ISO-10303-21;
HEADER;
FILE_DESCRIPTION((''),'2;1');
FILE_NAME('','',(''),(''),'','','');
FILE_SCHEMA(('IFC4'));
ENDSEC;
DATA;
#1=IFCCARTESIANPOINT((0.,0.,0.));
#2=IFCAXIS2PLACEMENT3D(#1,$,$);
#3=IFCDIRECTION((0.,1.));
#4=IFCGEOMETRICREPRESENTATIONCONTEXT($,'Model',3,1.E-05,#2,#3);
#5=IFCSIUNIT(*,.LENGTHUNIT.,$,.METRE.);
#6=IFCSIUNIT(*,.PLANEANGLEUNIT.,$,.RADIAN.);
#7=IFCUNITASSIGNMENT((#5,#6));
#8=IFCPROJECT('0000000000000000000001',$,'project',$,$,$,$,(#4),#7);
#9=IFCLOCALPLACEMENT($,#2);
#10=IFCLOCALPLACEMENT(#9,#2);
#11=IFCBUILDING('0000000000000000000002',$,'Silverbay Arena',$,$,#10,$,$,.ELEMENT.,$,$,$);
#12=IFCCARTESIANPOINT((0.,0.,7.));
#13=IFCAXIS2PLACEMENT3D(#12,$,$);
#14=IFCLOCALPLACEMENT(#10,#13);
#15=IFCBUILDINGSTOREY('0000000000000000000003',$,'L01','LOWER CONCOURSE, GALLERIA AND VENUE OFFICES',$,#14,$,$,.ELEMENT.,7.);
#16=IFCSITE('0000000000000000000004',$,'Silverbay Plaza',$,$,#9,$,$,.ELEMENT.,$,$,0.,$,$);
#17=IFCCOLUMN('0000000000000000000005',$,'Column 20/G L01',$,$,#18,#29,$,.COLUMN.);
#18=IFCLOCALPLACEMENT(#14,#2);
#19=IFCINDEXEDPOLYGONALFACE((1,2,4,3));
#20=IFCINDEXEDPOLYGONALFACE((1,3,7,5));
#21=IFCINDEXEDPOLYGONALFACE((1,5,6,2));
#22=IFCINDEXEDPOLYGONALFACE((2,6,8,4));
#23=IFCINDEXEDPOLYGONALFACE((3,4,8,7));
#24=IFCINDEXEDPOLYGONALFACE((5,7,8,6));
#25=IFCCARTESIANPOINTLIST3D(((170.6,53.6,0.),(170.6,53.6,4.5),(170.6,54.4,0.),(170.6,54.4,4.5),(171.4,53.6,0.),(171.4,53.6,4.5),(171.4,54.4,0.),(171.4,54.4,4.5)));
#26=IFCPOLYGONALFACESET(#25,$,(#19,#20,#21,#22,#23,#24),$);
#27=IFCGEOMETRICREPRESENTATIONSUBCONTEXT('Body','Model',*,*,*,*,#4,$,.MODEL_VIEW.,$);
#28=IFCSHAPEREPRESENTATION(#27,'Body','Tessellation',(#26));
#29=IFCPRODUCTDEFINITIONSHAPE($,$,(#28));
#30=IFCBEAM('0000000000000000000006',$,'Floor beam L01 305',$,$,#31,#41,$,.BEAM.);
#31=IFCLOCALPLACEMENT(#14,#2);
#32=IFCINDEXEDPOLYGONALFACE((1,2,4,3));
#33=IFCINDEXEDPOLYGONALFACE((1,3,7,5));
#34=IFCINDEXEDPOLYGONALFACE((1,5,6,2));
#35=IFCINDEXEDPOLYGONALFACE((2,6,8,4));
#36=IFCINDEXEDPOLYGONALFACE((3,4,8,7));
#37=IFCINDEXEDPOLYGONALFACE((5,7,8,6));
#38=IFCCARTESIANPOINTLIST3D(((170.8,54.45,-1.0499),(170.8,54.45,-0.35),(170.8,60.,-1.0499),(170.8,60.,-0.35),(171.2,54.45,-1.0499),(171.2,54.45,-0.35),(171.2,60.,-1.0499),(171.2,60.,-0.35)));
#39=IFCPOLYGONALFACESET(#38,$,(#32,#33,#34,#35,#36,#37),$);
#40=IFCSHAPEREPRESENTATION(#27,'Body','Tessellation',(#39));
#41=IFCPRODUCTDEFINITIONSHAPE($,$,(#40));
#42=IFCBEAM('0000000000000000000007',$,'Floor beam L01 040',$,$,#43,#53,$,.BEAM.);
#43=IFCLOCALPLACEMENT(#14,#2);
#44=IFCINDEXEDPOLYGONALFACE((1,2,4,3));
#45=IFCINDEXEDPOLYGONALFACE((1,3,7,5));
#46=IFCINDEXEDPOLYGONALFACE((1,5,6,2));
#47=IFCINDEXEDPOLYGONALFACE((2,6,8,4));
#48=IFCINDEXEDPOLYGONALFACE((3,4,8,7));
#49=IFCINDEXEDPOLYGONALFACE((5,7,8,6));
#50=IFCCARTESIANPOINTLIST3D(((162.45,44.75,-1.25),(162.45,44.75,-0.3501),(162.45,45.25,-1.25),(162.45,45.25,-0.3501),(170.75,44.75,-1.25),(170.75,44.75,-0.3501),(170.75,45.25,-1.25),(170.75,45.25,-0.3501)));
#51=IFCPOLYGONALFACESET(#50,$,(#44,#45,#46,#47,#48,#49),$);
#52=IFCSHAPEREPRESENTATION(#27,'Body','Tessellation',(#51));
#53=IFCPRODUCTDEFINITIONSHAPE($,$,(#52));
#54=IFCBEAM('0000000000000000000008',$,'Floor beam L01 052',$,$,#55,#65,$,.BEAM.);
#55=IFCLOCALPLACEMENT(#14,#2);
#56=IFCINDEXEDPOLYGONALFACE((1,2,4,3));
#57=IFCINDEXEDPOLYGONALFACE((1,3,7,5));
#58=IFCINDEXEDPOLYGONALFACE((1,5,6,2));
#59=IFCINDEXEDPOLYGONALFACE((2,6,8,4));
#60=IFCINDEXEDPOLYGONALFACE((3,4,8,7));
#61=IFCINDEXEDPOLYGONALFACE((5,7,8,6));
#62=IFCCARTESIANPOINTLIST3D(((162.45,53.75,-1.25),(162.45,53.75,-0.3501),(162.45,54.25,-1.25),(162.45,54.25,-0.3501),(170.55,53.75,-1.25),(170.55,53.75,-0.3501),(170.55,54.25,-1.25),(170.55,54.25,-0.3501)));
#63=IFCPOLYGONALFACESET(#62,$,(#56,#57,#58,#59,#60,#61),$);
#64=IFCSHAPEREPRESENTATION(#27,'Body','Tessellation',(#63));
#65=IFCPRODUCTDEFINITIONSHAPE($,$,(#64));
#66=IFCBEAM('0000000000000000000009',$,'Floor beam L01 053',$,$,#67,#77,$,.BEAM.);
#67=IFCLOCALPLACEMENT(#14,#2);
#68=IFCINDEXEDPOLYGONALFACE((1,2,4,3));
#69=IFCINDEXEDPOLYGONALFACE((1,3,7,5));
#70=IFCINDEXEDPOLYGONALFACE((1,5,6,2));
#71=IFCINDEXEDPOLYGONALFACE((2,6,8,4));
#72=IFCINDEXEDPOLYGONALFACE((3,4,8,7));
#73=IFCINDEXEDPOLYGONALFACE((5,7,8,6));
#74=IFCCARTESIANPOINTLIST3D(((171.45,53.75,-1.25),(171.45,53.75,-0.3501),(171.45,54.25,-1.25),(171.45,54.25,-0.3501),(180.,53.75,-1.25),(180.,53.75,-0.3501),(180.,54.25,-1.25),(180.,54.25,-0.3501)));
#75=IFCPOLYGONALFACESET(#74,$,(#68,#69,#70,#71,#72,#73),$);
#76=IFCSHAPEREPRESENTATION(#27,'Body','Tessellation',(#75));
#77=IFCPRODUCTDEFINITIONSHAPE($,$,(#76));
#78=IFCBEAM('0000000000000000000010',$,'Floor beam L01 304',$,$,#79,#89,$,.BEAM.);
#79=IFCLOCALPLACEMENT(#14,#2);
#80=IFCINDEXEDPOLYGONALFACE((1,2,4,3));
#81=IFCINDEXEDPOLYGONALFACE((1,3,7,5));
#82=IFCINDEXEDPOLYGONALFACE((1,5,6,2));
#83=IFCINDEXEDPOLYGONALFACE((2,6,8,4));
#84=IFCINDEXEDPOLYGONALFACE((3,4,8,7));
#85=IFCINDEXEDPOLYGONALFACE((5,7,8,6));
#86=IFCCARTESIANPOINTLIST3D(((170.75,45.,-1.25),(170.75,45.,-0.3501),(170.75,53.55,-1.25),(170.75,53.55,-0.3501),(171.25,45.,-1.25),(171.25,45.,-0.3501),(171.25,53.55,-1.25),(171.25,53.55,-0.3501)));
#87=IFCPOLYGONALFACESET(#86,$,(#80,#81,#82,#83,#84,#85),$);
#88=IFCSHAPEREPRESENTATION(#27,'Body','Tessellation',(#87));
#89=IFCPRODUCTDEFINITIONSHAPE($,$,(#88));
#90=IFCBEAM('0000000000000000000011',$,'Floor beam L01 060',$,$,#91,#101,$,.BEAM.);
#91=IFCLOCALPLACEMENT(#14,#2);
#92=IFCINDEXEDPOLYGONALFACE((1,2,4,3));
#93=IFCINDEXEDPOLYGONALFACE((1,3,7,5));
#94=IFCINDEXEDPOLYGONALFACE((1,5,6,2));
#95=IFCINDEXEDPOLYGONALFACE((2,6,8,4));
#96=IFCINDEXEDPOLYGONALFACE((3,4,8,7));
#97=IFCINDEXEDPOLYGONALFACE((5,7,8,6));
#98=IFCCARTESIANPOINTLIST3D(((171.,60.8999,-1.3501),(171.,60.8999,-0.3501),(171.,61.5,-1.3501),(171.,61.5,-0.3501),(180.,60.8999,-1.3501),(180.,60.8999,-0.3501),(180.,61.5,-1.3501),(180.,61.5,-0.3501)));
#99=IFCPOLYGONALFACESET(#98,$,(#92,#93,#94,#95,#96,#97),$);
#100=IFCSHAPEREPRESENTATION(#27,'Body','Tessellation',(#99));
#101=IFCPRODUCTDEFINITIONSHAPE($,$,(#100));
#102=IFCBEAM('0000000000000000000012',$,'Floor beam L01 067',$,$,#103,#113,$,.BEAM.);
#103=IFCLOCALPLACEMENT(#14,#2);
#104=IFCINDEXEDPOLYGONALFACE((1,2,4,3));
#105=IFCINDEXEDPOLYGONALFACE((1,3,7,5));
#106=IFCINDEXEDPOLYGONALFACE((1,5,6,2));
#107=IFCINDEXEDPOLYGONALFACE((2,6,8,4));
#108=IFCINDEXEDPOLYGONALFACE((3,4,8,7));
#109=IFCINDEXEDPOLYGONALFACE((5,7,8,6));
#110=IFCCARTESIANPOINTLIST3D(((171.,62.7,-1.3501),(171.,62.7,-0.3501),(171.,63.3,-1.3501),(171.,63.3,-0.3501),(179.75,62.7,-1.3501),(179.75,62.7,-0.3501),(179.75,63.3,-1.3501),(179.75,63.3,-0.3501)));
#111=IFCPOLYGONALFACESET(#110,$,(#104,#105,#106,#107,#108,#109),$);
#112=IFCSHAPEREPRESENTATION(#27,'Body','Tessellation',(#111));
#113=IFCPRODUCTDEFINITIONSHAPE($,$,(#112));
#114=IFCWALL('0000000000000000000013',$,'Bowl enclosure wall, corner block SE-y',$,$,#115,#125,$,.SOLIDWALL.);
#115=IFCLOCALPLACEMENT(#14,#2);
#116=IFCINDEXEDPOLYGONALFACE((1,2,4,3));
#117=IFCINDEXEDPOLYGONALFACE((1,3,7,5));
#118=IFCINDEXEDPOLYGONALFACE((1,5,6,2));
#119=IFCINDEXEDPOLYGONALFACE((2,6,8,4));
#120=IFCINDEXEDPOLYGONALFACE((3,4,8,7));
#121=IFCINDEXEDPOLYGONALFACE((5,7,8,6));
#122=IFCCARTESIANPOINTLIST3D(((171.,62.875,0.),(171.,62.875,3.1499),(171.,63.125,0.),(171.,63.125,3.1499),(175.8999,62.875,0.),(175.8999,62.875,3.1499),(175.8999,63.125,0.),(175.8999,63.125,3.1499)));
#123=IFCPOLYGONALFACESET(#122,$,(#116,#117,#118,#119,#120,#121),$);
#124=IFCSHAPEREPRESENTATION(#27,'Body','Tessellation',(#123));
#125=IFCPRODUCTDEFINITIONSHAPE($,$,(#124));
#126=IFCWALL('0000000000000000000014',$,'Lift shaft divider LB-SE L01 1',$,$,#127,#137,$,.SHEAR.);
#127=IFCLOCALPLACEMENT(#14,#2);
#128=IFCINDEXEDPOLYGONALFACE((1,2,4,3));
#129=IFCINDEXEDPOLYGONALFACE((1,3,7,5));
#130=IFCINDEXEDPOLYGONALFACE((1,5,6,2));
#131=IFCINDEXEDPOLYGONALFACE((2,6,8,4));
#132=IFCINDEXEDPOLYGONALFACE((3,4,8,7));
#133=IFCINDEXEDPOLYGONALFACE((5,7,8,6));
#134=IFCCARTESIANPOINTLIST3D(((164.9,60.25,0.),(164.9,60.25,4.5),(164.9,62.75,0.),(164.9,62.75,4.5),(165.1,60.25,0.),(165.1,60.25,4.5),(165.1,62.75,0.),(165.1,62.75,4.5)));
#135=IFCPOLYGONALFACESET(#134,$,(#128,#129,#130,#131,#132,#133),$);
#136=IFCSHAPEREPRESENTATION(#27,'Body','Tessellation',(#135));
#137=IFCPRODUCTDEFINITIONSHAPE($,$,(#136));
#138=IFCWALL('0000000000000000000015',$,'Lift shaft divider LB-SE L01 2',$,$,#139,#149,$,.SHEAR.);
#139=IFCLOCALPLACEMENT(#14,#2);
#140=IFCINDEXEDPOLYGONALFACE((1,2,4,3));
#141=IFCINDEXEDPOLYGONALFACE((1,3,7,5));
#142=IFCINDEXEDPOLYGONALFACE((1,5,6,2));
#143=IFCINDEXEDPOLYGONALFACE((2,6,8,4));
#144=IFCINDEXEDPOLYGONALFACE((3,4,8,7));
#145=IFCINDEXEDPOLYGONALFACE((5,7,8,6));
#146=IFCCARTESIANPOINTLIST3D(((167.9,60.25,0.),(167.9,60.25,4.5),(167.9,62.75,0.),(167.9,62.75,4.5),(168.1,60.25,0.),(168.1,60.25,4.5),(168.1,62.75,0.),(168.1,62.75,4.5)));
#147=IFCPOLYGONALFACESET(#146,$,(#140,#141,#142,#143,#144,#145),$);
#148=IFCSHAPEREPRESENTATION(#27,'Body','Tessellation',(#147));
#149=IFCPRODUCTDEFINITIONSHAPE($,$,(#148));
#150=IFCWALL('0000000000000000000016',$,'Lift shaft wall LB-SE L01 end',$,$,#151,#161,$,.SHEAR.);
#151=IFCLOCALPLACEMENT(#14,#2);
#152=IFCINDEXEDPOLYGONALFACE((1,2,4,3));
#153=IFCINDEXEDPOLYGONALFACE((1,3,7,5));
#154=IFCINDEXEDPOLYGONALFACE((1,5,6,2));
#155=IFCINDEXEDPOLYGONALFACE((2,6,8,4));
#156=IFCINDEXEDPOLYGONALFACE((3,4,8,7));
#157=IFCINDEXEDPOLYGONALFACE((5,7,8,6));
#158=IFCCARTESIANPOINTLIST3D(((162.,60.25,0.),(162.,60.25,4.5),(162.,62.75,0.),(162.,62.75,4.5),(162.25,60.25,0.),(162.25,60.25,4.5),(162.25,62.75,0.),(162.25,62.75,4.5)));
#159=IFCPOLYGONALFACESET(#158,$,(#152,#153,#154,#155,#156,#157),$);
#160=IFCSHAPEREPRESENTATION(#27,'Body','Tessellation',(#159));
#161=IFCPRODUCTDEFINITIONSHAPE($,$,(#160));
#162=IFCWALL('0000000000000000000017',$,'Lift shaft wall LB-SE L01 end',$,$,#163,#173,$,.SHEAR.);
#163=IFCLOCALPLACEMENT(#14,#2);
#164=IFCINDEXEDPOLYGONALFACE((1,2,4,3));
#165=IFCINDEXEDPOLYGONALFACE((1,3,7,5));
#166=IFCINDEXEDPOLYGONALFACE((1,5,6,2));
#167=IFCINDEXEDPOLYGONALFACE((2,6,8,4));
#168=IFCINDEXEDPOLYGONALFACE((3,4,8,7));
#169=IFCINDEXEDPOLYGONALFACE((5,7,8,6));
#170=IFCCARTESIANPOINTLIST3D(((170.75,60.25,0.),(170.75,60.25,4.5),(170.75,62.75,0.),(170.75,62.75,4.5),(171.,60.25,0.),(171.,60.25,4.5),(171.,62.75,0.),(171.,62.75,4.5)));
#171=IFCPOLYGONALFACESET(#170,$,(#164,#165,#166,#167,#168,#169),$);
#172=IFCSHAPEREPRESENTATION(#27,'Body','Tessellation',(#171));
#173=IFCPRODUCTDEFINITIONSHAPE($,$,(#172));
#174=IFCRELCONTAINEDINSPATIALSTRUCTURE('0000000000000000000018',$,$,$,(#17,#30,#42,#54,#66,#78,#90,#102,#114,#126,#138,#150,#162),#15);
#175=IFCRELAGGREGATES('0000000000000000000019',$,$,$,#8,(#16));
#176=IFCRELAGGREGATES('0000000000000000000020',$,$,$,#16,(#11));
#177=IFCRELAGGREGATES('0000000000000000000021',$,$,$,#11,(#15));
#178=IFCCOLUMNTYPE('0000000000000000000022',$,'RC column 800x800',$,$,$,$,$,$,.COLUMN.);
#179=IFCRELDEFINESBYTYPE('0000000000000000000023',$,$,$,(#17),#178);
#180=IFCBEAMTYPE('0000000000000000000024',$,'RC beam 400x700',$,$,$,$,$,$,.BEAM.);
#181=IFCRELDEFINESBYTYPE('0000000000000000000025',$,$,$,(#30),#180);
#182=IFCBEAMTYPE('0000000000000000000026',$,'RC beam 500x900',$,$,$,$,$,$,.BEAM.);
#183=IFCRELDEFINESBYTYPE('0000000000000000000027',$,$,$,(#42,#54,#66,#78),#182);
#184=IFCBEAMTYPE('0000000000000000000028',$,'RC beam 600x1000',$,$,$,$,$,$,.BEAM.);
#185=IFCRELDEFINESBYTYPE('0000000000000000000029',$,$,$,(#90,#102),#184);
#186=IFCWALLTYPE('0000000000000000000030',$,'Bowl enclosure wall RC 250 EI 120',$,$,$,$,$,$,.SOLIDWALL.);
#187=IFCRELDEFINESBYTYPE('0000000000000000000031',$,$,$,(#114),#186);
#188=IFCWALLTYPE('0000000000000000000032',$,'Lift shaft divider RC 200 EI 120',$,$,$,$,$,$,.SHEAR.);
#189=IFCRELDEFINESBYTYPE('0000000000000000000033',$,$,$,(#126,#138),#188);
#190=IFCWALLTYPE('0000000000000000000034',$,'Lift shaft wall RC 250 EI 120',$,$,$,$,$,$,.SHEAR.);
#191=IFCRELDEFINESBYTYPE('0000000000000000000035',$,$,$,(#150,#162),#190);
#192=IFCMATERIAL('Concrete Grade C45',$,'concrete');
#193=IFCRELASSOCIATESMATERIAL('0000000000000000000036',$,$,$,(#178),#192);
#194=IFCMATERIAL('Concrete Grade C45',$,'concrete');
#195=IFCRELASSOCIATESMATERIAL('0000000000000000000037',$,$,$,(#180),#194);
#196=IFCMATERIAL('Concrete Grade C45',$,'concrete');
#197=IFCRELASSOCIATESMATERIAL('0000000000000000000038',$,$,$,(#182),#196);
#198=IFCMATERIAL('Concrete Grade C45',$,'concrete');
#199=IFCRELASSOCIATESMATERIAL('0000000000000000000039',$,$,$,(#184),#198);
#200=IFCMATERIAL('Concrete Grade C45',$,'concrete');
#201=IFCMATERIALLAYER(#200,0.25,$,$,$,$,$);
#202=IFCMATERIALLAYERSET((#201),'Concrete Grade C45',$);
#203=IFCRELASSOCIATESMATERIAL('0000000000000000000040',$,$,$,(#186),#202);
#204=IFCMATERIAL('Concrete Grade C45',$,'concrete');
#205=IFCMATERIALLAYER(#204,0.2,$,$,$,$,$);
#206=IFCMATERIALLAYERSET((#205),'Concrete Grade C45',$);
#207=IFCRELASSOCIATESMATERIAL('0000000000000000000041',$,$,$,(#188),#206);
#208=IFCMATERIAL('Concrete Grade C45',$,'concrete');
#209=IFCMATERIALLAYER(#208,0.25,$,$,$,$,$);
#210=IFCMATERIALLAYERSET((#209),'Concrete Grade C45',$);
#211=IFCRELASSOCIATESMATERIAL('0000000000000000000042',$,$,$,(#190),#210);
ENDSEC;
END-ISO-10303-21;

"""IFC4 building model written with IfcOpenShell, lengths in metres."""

from ifc_helpers import new_model, si_unit, direction, frame, frame_2d, origin, origin_2d, place, context, subcontext, project, spatial, rectangle, extrude, material, layer, layer_set, material_profile, profile_set, type_object, element, save


model = new_model("IFC4")

# Units and contexts
model_context = context("Model", 3, precision=1e-05, world=origin(), true_north=direction((0.0, 1.0)))
body_context = subcontext(model_context, "Body", "Model", "MODEL_VIEW")
ifc_project = project(units=[si_unit("LENGTHUNIT", "METRE"), si_unit("PLANEANGLEUNIT", "RADIAN")], contexts=[model_context])

# Site, building, storey
site_placement = place(None, origin())
site = spatial("IfcSite", under=ifc_project, at=site_placement, Name="Silverbay Plaza", CompositionType="ELEMENT", RefElevation=0.0)
building_placement = place(site_placement, origin())
building = spatial("IfcBuilding", under=site, at=building_placement, Name="Silverbay Arena", CompositionType="ELEMENT")
storey_placement = place(building_placement, frame((0.0, 0.0, 7.0)))
storey = spatial("IfcBuildingStorey", under=building, at=storey_placement, Name="L01", Description="LOWER CONCOURSE, GALLERIA AND VENUE OFFICES", CompositionType="ELEMENT", Elevation=7.0)

# Column
ifc_material_1 = material(Name="Concrete Grade C45", Category="concrete")
ifc_material_profile_1 = material_profile(ifc_material_1, rectangle(XDim=0.8, YDim=0.8, at=origin_2d()), Name="RC 800x800")
ifc_profile_set_1 = profile_set([ifc_material_profile_1], Name="Concrete Grade C45")
column_type = type_object("IfcColumnType", Name="RC column 800x800", PredefinedType="COLUMN", material=ifc_profile_set_1)
column_placement = place(storey_placement, frame((171.0, 54.0, 0.0), z_axis=(0.0, 0.0, 1.0), x_axis=(1.0, 0.0, 0.0)))
element("IfcColumn", 1, at=column_placement, inside=storey, type_object=column_type, Name="Column 20/G L01", PredefinedType="COLUMN", context=body_context, shape_type="SweptSolid", body=[
    extrude(rectangle(XDim=0.8, YDim=0.8, at=origin_2d()), origin(), (0.0, 0.0, 1.0), 4.5),
])

# Beams
ifc_material_2 = material(Name="Concrete Grade C45", Category="concrete")
ifc_material_profile_2 = material_profile(ifc_material_2, rectangle(XDim=0.3999, YDim=0.7, at=origin_2d()), Name="RC 400x700")
ifc_profile_set_2 = profile_set([ifc_material_profile_2], Name="Concrete Grade C45")
beam_type_1 = type_object("IfcBeamType", Name="RC beam 400x700", PredefinedType="BEAM", material=ifc_profile_set_2)
beam_1_placement = place(storey_placement, frame((171.0, 54.45, -0.7), z_axis=(0.0, 1.0, 0.0), x_axis=(-1.0, 0.0, 0.0)))
element("IfcBeam", 2, at=beam_1_placement, inside=storey, type_object=beam_type_1, Name="Floor beam L01 305", PredefinedType="BEAM", context=body_context, shape_type="SweptSolid", body=[
    extrude(rectangle(XDim=0.3999, YDim=0.7, at=origin_2d()), origin(), (0.0, 0.0, 1.0), 5.55),
])
ifc_material_3 = material(Name="Concrete Grade C45", Category="concrete")
ifc_material_profile_3 = material_profile(ifc_material_3, rectangle(XDim=0.5, YDim=0.8999, at=origin_2d()), Name="RC 500x900")
ifc_profile_set_3 = profile_set([ifc_material_profile_3], Name="Concrete Grade C45")
beam_type_2 = type_object("IfcBeamType", Name="RC beam 500x900", PredefinedType="BEAM", material=ifc_profile_set_3)
beam_2_placement = place(storey_placement, frame((162.45, 45.0, -0.8), z_axis=(1.0, 0.0, 0.0), x_axis=(0.0, 1.0, 0.0)))
element("IfcBeam", 3, at=beam_2_placement, inside=storey, type_object=beam_type_2, Name="Floor beam L01 040", PredefinedType="BEAM", context=body_context, shape_type="SweptSolid", body=[
    extrude(rectangle(XDim=0.5, YDim=0.8999, at=origin_2d()), origin(), (0.0, 0.0, 1.0), 8.3),
])
beam_3_placement = place(storey_placement, frame((162.45, 54.0, -0.8), z_axis=(1.0, 0.0, 0.0), x_axis=(0.0, 1.0, 0.0)))
element("IfcBeam", 4, at=beam_3_placement, inside=storey, type_object=beam_type_2, Name="Floor beam L01 052", PredefinedType="BEAM", context=body_context, shape_type="SweptSolid", body=[
    extrude(rectangle(XDim=0.5, YDim=0.8999, at=origin_2d()), origin(), (0.0, 0.0, 1.0), 8.1001),
])
for number, where, z_axis, x_axis, name in (
    (5, (171.45, 54.0, -0.8), (1.0, 0.0, 0.0), (0.0, 1.0, 0.0), "Floor beam L01 053"),
    (6, (171.0, 45.0, -0.8), (0.0, 1.0, 0.0), (-1.0, 0.0, 0.0), "Floor beam L01 304"),
):
    element("IfcBeam", number, at=place(storey_placement, frame(where, z_axis=z_axis, x_axis=x_axis)), inside=storey, type_object=beam_type_2, Name=name, PredefinedType="BEAM", context=body_context, shape_type="SweptSolid", body=[
        extrude(rectangle(XDim=0.5, YDim=0.8999, at=origin_2d()), origin(), (0.0, 0.0, 1.0), 8.55),
    ])
ifc_material_4 = material(Name="Concrete Grade C45", Category="concrete")
ifc_material_profile_4 = material_profile(ifc_material_4, rectangle(XDim=0.6001, YDim=1.0, at=origin_2d()), Name="RC 600x1000")
ifc_profile_set_4 = profile_set([ifc_material_profile_4], Name="Concrete Grade C45")
beam_type_3 = type_object("IfcBeamType", Name="RC beam 600x1000", PredefinedType="BEAM", material=ifc_profile_set_4)
beam_4_placement = place(storey_placement, frame((171.0, 61.2, -0.8501), z_axis=(1.0, 0.0, 0.0), x_axis=(0.0, 1.0, 0.0)))
element("IfcBeam", 7, at=beam_4_placement, inside=storey, type_object=beam_type_3, Name="Floor beam L01 060", PredefinedType="BEAM", context=body_context, shape_type="SweptSolid", body=[
    extrude(rectangle(XDim=0.6001, YDim=1.0, at=origin_2d()), origin(), (0.0, 0.0, 1.0), 9.0),
])
beam_5_placement = place(storey_placement, frame((171.0, 63.0, -0.8501), z_axis=(1.0, 0.0, 0.0), x_axis=(0.0, 1.0, 0.0)))
element("IfcBeam", 8, at=beam_5_placement, inside=storey, type_object=beam_type_3, Name="Floor beam L01 067", PredefinedType="BEAM", context=body_context, shape_type="SweptSolid", body=[
    extrude(rectangle(XDim=0.6001, YDim=1.0, at=origin_2d()), origin(), (0.0, 0.0, 1.0), 8.75),
])

# Walls
ifc_material_5 = material(Name="Concrete Grade C45", Category="concrete")
ifc_layer_1 = layer(ifc_material_5, 0.25)
ifc_layer_set_1 = layer_set([ifc_layer_1], Name="Concrete Grade C45")
wall_type_1 = type_object("IfcWallType", Name="Bowl enclosure wall RC 250 EI 120", PredefinedType="SOLIDWALL", material=ifc_layer_set_1)
wall_1_placement = place(storey_placement, frame((171.0, 63.0, 0.0), z_axis=(0.0, 0.0, 1.0), x_axis=(1.0, 0.0, 0.0)))
element("IfcWall", 9, at=wall_1_placement, inside=storey, type_object=wall_type_1, Name="Bowl enclosure wall, corner block SE-y", PredefinedType="SOLIDWALL", context=body_context, shape_type="SweptSolid", body=[
    extrude(rectangle(XDim=4.8999, YDim=0.25, at=frame_2d((2.45, 0.0))), origin(), (0.0, 0.0, 1.0), 3.1499),
])
ifc_material_6 = material(Name="Concrete Grade C45", Category="concrete")
ifc_layer_2 = layer(ifc_material_6, 0.2)
ifc_layer_set_2 = layer_set([ifc_layer_2], Name="Concrete Grade C45")
wall_type_2 = type_object("IfcWallType", Name="Lift shaft divider RC 200 EI 120", PredefinedType="SHEAR", material=ifc_layer_set_2)
for number, where, z_axis, x_axis, name in (
    (10, (165.0, 60.25, 0.0), (0.0, 0.0, 1.0), (0.0, 1.0, 0.0), "Lift shaft divider LB-SE L01 1"),
    (11, (168.0, 60.25, 0.0), (0.0, 0.0, 1.0), (0.0, 1.0, 0.0), "Lift shaft divider LB-SE L01 2"),
):
    element("IfcWall", number, at=place(storey_placement, frame(where, z_axis=z_axis, x_axis=x_axis)), inside=storey, type_object=wall_type_2, Name=name, PredefinedType="SHEAR", context=body_context, shape_type="SweptSolid", body=[
        extrude(rectangle(XDim=2.5, YDim=0.2, at=frame_2d((1.25, 0.0))), origin(), (0.0, 0.0, 1.0), 4.5),
    ])
ifc_material_7 = material(Name="Concrete Grade C45", Category="concrete")
ifc_layer_3 = layer(ifc_material_7, 0.25)
ifc_layer_set_3 = layer_set([ifc_layer_3], Name="Concrete Grade C45")
wall_type_3 = type_object("IfcWallType", Name="Lift shaft wall RC 250 EI 120", PredefinedType="SHEAR", material=ifc_layer_set_3)
for number, where, z_axis, x_axis, name in (
    (12, (162.125, 60.25, 0.0), (0.0, 0.0, 1.0), (0.0, 1.0, 0.0), "Lift shaft wall LB-SE L01 end"),
    (13, (170.875, 60.25, 0.0), (0.0, 0.0, 1.0), (0.0, 1.0, 0.0), "Lift shaft wall LB-SE L01 end"),
):
    element("IfcWall", number, at=place(storey_placement, frame(where, z_axis=z_axis, x_axis=x_axis)), inside=storey, type_object=wall_type_3, Name=name, PredefinedType="SHEAR", context=body_context, shape_type="SweptSolid", body=[
        extrude(rectangle(XDim=2.5, YDim=0.25, at=frame_2d((1.25, 0.0))), origin(), (0.0, 0.0, 1.0), 4.5),
    ])

save(model, "model.ifc")
